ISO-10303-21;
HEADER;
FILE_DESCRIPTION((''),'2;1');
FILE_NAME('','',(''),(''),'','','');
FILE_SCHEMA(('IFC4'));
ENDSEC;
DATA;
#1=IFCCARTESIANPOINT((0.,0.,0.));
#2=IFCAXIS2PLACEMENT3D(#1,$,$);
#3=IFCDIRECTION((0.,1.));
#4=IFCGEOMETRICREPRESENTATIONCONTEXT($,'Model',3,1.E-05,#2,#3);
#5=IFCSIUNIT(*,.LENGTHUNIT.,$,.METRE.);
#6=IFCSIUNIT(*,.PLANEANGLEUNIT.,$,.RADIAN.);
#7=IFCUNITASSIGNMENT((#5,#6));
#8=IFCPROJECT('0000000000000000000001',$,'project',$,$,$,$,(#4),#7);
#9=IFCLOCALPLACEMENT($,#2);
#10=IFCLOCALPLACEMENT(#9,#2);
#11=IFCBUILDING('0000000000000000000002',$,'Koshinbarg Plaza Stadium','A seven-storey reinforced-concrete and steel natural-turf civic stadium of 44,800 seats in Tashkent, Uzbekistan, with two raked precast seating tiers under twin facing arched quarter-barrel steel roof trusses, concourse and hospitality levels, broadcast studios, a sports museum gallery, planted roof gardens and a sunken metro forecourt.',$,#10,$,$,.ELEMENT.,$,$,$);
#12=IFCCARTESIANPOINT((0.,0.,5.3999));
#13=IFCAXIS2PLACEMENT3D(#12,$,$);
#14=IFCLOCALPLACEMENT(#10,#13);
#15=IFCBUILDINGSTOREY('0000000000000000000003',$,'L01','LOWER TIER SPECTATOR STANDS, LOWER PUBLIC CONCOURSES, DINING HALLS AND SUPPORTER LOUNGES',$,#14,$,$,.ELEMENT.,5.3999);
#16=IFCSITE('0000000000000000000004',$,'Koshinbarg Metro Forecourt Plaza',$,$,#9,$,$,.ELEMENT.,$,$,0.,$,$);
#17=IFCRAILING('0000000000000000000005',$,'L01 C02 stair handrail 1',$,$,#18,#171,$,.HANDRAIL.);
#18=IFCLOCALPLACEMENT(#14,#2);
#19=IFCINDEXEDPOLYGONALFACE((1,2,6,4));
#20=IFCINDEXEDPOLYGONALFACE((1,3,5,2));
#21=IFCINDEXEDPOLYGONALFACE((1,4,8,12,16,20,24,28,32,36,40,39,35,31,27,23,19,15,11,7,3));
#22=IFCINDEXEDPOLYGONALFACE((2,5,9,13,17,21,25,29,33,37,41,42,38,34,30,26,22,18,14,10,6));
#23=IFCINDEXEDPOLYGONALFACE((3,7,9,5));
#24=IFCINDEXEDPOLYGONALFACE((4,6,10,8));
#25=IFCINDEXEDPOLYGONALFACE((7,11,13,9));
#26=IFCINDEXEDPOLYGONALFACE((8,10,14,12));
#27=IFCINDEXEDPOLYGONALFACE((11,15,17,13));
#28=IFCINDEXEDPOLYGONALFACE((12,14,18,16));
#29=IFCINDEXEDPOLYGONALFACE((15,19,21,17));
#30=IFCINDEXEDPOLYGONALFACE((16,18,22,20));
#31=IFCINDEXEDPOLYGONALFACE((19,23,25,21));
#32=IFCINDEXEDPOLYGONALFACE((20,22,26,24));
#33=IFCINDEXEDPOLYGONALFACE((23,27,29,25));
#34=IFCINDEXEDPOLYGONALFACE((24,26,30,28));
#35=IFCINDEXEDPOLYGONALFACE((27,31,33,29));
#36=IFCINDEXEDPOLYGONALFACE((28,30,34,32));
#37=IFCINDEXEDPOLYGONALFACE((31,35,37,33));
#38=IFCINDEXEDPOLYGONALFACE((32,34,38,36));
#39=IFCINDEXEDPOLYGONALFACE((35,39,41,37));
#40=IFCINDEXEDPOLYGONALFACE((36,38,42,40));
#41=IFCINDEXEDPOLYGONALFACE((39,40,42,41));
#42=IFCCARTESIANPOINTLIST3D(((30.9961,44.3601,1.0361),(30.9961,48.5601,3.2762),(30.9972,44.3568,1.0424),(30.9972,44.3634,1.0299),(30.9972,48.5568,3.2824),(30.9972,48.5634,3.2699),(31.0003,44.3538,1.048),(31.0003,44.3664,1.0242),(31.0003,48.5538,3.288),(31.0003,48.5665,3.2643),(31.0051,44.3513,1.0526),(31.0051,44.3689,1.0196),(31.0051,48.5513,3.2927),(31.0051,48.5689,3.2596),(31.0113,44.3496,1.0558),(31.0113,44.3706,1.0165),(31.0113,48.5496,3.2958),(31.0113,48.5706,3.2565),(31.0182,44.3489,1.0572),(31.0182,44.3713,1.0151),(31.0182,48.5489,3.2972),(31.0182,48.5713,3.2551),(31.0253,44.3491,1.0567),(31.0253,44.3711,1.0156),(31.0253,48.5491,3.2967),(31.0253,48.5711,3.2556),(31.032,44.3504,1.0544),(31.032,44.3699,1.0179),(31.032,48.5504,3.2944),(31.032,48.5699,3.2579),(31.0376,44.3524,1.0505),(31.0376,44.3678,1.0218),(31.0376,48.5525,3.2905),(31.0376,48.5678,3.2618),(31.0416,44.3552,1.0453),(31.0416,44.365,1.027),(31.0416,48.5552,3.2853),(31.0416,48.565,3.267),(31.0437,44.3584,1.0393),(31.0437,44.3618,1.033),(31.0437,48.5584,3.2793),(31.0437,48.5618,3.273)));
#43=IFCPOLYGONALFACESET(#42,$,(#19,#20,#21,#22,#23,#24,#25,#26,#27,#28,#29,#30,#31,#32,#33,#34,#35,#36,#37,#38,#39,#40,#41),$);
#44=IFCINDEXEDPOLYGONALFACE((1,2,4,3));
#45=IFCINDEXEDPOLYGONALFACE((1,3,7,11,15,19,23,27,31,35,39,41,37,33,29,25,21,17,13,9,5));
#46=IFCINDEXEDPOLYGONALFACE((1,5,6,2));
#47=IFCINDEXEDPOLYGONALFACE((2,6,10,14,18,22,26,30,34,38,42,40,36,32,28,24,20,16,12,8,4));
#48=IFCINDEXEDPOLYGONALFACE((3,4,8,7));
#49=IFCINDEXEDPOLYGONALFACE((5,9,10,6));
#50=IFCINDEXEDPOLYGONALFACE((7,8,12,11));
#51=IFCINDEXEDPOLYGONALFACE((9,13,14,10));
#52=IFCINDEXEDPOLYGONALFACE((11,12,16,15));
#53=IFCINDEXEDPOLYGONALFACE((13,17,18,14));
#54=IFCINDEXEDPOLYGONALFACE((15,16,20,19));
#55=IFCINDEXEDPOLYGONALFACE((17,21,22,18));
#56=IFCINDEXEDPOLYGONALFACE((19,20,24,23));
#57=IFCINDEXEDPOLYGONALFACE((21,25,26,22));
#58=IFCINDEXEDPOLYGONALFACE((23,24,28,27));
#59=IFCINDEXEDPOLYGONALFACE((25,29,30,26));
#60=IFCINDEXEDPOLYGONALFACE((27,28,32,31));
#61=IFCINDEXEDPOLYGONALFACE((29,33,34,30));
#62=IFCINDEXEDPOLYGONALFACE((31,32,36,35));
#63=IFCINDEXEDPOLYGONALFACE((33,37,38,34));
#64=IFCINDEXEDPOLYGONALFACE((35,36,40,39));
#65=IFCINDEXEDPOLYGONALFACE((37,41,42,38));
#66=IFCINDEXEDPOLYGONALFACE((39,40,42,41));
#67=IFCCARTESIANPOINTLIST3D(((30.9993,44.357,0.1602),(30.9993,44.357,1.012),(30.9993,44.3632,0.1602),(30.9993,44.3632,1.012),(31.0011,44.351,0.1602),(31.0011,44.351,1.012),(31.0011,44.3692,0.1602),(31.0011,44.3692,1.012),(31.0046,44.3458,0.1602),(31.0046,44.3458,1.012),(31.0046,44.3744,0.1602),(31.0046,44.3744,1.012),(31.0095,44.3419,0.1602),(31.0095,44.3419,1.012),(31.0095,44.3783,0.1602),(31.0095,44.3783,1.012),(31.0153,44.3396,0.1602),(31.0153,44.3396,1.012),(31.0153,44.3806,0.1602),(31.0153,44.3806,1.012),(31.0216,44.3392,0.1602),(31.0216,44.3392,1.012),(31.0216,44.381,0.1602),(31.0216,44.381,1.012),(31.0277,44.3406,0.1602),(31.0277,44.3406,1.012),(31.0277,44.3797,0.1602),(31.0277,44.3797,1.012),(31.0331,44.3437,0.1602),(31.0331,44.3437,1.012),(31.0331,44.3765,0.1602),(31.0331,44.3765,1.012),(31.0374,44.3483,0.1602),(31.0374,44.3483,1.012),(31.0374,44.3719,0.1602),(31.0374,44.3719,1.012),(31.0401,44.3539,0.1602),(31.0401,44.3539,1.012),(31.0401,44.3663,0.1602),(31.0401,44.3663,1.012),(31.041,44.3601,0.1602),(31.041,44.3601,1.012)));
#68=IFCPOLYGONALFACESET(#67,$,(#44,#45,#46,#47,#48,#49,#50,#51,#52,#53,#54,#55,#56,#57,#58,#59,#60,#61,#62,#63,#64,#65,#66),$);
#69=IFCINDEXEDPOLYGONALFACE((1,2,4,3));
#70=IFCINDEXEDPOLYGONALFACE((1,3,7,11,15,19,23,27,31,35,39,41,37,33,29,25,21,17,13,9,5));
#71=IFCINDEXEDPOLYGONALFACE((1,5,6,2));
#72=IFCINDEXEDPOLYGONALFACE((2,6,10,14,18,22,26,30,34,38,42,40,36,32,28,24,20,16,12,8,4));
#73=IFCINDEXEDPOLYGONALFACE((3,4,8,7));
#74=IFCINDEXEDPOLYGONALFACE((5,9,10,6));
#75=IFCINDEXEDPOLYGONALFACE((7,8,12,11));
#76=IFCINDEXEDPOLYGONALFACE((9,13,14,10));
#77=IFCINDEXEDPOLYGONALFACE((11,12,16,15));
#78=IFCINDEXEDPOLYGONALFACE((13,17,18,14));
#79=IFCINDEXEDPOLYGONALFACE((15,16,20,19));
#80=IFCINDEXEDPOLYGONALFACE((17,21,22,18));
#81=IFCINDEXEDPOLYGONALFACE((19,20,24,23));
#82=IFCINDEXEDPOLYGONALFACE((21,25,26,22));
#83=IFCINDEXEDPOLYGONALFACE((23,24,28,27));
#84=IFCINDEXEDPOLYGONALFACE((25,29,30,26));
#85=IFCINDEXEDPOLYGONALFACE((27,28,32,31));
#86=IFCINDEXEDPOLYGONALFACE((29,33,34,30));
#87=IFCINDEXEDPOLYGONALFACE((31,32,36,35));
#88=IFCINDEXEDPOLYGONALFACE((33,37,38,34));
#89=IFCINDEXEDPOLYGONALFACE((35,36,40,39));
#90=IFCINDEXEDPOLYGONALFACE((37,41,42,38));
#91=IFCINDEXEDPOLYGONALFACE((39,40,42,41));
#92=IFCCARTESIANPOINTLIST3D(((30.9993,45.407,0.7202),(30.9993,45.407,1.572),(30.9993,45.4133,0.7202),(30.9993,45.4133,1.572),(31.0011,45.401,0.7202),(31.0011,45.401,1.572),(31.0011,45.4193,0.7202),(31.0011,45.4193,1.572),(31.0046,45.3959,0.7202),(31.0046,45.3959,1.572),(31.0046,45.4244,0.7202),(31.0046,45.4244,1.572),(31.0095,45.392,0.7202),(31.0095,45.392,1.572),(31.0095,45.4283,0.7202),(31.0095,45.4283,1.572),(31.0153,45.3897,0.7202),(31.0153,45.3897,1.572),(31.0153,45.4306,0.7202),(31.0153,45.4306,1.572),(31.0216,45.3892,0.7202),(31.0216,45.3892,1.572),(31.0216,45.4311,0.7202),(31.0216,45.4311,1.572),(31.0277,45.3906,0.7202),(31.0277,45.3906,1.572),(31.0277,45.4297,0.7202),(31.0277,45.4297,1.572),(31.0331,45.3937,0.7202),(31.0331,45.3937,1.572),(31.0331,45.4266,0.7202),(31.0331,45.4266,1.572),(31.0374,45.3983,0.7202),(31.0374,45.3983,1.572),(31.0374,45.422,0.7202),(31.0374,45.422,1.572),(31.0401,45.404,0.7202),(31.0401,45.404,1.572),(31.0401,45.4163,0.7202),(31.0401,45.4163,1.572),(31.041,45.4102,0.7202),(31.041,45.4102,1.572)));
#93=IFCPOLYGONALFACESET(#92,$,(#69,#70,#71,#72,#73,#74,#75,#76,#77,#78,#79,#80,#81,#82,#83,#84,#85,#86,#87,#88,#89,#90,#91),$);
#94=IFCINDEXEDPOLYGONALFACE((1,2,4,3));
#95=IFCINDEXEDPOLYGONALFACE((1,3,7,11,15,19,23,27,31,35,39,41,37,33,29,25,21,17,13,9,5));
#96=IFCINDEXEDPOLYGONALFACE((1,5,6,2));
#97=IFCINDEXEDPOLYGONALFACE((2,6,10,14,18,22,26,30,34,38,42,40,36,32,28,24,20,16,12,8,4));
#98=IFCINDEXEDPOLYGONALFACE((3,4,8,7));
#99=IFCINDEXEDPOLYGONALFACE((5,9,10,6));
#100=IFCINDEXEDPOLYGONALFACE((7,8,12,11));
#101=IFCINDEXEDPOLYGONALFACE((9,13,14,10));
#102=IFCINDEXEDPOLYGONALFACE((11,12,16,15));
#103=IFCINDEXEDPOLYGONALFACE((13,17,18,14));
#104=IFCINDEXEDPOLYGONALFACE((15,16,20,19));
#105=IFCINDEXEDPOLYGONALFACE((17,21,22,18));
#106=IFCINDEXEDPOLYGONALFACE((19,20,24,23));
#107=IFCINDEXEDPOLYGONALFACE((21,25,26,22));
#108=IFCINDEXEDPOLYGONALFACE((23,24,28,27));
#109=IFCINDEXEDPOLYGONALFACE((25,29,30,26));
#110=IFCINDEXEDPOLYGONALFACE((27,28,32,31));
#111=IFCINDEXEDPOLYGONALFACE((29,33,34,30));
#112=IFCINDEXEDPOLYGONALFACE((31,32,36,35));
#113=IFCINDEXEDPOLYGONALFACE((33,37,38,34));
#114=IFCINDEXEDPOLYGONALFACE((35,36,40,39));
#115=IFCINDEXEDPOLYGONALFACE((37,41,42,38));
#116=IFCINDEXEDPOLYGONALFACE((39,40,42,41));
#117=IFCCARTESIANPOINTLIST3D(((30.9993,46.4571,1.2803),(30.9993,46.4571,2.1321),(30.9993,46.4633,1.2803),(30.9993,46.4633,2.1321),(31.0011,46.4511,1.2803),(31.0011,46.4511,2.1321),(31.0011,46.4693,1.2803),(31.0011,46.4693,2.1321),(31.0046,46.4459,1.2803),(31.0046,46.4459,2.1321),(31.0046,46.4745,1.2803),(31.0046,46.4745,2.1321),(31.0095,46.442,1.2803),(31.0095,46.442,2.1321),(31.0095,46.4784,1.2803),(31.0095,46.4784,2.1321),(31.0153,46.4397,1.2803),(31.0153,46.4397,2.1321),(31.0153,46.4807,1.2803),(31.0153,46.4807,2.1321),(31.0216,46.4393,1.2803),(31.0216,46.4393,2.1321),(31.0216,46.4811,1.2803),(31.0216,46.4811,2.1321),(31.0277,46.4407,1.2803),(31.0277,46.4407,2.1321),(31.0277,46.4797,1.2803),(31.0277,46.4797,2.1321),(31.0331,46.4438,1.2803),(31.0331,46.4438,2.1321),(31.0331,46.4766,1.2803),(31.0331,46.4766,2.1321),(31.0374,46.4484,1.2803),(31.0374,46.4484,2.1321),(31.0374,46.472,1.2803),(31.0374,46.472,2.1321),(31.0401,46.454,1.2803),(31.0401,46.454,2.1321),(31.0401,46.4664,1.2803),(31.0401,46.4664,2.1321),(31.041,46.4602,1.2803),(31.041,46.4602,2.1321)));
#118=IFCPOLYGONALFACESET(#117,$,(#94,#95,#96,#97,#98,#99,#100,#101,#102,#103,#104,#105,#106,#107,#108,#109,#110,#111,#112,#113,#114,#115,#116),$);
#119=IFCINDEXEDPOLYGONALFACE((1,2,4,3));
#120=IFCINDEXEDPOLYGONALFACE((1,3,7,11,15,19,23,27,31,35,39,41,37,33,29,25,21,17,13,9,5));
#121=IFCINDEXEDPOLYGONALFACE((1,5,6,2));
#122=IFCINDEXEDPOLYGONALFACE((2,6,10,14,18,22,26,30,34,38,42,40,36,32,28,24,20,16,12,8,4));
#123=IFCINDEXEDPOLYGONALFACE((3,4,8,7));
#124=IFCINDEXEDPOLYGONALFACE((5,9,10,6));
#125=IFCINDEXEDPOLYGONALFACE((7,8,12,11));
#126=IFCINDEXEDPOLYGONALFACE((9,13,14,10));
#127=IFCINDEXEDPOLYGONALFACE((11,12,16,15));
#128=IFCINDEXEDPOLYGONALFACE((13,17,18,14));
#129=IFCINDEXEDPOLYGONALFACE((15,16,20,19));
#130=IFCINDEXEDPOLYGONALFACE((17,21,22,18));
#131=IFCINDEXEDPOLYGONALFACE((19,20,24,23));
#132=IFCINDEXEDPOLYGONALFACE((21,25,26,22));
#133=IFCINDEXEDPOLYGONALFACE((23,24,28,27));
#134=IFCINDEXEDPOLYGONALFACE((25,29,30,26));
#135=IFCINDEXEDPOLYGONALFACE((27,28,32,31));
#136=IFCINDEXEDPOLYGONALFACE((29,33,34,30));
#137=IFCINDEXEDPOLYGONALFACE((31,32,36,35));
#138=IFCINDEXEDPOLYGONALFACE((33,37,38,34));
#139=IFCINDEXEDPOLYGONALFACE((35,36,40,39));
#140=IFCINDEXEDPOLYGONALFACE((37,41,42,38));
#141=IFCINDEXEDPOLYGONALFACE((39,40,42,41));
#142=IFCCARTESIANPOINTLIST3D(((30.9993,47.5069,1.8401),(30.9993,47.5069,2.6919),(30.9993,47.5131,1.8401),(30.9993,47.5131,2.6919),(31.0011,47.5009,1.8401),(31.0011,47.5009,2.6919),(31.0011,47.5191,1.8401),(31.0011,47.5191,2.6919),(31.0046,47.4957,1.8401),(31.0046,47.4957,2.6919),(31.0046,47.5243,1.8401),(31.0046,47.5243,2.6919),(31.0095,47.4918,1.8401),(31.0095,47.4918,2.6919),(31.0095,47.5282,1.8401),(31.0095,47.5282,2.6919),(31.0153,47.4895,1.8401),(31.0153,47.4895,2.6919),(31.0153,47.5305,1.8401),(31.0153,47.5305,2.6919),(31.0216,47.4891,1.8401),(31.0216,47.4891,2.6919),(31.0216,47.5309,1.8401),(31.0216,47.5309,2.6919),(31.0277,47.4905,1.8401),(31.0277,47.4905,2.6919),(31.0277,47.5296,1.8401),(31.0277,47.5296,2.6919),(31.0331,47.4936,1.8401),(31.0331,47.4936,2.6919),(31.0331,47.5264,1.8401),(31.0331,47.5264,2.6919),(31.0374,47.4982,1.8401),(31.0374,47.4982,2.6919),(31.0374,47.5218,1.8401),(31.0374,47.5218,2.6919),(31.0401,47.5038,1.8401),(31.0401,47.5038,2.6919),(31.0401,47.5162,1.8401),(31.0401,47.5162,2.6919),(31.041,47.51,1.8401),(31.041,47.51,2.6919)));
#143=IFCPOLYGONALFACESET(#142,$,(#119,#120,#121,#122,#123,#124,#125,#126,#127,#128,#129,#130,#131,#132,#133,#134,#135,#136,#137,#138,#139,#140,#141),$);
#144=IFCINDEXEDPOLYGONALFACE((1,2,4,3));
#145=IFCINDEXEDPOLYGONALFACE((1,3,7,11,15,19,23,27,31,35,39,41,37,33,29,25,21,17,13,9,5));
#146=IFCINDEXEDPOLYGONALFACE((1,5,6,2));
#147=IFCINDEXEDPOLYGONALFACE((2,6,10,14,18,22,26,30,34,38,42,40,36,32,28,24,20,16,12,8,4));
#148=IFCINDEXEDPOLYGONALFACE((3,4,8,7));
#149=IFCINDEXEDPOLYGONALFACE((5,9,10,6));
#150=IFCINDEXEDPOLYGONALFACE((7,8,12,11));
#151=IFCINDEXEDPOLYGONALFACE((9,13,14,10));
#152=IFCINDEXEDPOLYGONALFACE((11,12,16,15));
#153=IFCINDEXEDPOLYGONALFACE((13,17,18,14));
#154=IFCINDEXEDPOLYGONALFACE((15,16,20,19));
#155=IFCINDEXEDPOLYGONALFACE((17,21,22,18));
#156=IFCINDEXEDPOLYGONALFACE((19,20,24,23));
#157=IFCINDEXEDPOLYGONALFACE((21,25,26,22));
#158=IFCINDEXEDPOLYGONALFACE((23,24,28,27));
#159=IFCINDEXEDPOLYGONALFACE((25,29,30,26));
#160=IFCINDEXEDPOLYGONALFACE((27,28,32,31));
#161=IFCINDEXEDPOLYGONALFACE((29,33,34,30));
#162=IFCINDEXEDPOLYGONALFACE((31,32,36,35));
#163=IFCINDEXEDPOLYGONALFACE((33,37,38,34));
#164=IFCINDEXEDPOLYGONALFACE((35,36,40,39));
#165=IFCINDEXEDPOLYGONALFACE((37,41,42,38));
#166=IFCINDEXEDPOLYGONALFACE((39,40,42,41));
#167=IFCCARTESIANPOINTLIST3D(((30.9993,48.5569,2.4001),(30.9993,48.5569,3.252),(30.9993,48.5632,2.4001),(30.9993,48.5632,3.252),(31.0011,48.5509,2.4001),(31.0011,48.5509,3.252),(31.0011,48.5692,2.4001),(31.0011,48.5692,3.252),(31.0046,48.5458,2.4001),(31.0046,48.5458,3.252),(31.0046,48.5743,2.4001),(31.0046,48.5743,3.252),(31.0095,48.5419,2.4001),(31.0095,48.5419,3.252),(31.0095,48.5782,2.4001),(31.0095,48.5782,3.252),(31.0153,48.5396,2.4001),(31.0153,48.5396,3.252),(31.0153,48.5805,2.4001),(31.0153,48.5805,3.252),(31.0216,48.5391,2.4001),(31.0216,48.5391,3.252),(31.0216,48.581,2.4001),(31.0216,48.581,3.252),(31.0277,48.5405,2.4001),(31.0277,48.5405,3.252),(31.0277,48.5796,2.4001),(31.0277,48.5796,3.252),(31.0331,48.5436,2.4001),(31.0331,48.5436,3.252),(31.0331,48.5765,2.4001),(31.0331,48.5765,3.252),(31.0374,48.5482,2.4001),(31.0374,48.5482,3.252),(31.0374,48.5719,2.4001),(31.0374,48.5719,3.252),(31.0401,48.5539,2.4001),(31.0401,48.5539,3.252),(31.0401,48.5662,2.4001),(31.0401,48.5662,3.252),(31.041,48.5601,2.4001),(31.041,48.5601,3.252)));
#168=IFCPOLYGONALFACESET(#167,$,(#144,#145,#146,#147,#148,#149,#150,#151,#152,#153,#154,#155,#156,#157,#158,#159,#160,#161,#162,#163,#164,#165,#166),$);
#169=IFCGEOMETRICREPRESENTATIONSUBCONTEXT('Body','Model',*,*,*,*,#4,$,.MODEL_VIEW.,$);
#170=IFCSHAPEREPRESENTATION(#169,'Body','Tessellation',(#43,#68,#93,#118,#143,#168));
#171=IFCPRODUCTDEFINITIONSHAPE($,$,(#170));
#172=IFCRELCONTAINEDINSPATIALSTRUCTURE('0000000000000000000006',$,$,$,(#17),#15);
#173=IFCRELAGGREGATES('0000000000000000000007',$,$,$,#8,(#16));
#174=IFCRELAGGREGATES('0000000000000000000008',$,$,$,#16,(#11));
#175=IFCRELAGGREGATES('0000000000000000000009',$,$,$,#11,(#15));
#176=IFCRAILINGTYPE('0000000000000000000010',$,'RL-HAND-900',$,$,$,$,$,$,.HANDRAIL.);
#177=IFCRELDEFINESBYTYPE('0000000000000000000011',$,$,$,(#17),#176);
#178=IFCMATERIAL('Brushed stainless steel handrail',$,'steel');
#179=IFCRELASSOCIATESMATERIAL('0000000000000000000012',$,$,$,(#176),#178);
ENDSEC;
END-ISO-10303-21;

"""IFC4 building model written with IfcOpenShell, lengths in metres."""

from ifc_helpers import new_model, si_unit, direction, frame, origin, origin_2d, place, context, subcontext, project, spatial, circle, extrude, material, type_object, element, save


model = new_model("IFC4")

# Units and contexts
model_context = context("Model", 3, precision=1e-05, world=origin(), true_north=direction((0.0, 1.0)))
body_context = subcontext(model_context, "Body", "Model", "MODEL_VIEW")
ifc_project = project(units=[si_unit("LENGTHUNIT", "METRE"), si_unit("PLANEANGLEUNIT", "RADIAN")], contexts=[model_context])

# Site, building, storey
site_placement = place(None, origin())
site = spatial("IfcSite", under=ifc_project, at=site_placement, Name="Koshinbarg Metro Forecourt Plaza", CompositionType="ELEMENT", RefElevation=0.0)
building_placement = place(site_placement, origin())
building = spatial("IfcBuilding", under=site, at=building_placement, Name="Koshinbarg Plaza Stadium", Description="A seven-storey reinforced-concrete and steel natural-turf civic stadium of 44,800 seats in Tashkent, Uzbekistan, with two raked precast seating tiers under twin facing arched quarter-barrel steel roof trusses, concourse and hospitality levels, broadcast studios, a sports museum gallery, planted roof gardens and a sunken metro forecourt.", CompositionType="ELEMENT")
storey_placement = place(building_placement, frame((0.0, 0.0, 5.3999)))
storey = spatial("IfcBuildingStorey", under=building, at=storey_placement, Name="L01", Description="LOWER TIER SPECTATOR STANDS, LOWER PUBLIC CONCOURSES, DINING HALLS AND SUPPORTER LOUNGES", CompositionType="ELEMENT", Elevation=5.3999)

# Railing
ifc_material_1 = material(Name="Brushed stainless steel handrail", Category="steel")
railing_type_1 = type_object("IfcRailingType", Name="RL-HAND-900", PredefinedType="HANDRAIL", material=ifc_material_1)
railing_1_placement = place(storey_placement, frame((31.02, 44.3601, 0.1602)))
element("IfcRailing", 1, at=railing_1_placement, inside=storey, type_object=railing_type_1, Name="L01 C02 stair handrail 1", PredefinedType="HANDRAIL", context=body_context, shape_type="SweptSolid", body=[
    extrude(circle(Radius=0.0239, at=origin_2d()), frame((0.0, 0.0, 0.876), z_axis=(0.0, 0.882352, 0.470591), x_axis=(-1.0, 0.0, 0.0)), (0.0, 0.0, 1.0), 4.76),
    extrude(circle(Radius=0.021, at=origin_2d()), origin(), (0.0, 0.0, 1.0), 0.8518),
    extrude(circle(Radius=0.021, at=origin_2d()), frame((0.0, 1.05, 0.5601)), (0.0, 0.0, 1.0), 0.8518),
    extrude(circle(Radius=0.021, at=origin_2d()), frame((0.0, 2.1001, 1.1201)), (0.0, 0.0, 1.0), 0.8518),
    extrude(circle(Radius=0.021, at=origin_2d()), frame((0.0, 3.1499, 1.6799)), (0.0, 0.0, 1.0), 0.8518),
    extrude(circle(Radius=0.021, at=origin_2d()), frame((0.0, 4.2, 2.24)), (0.0, 0.0, 1.0), 0.8518),
])

save(model, "model.ifc")
